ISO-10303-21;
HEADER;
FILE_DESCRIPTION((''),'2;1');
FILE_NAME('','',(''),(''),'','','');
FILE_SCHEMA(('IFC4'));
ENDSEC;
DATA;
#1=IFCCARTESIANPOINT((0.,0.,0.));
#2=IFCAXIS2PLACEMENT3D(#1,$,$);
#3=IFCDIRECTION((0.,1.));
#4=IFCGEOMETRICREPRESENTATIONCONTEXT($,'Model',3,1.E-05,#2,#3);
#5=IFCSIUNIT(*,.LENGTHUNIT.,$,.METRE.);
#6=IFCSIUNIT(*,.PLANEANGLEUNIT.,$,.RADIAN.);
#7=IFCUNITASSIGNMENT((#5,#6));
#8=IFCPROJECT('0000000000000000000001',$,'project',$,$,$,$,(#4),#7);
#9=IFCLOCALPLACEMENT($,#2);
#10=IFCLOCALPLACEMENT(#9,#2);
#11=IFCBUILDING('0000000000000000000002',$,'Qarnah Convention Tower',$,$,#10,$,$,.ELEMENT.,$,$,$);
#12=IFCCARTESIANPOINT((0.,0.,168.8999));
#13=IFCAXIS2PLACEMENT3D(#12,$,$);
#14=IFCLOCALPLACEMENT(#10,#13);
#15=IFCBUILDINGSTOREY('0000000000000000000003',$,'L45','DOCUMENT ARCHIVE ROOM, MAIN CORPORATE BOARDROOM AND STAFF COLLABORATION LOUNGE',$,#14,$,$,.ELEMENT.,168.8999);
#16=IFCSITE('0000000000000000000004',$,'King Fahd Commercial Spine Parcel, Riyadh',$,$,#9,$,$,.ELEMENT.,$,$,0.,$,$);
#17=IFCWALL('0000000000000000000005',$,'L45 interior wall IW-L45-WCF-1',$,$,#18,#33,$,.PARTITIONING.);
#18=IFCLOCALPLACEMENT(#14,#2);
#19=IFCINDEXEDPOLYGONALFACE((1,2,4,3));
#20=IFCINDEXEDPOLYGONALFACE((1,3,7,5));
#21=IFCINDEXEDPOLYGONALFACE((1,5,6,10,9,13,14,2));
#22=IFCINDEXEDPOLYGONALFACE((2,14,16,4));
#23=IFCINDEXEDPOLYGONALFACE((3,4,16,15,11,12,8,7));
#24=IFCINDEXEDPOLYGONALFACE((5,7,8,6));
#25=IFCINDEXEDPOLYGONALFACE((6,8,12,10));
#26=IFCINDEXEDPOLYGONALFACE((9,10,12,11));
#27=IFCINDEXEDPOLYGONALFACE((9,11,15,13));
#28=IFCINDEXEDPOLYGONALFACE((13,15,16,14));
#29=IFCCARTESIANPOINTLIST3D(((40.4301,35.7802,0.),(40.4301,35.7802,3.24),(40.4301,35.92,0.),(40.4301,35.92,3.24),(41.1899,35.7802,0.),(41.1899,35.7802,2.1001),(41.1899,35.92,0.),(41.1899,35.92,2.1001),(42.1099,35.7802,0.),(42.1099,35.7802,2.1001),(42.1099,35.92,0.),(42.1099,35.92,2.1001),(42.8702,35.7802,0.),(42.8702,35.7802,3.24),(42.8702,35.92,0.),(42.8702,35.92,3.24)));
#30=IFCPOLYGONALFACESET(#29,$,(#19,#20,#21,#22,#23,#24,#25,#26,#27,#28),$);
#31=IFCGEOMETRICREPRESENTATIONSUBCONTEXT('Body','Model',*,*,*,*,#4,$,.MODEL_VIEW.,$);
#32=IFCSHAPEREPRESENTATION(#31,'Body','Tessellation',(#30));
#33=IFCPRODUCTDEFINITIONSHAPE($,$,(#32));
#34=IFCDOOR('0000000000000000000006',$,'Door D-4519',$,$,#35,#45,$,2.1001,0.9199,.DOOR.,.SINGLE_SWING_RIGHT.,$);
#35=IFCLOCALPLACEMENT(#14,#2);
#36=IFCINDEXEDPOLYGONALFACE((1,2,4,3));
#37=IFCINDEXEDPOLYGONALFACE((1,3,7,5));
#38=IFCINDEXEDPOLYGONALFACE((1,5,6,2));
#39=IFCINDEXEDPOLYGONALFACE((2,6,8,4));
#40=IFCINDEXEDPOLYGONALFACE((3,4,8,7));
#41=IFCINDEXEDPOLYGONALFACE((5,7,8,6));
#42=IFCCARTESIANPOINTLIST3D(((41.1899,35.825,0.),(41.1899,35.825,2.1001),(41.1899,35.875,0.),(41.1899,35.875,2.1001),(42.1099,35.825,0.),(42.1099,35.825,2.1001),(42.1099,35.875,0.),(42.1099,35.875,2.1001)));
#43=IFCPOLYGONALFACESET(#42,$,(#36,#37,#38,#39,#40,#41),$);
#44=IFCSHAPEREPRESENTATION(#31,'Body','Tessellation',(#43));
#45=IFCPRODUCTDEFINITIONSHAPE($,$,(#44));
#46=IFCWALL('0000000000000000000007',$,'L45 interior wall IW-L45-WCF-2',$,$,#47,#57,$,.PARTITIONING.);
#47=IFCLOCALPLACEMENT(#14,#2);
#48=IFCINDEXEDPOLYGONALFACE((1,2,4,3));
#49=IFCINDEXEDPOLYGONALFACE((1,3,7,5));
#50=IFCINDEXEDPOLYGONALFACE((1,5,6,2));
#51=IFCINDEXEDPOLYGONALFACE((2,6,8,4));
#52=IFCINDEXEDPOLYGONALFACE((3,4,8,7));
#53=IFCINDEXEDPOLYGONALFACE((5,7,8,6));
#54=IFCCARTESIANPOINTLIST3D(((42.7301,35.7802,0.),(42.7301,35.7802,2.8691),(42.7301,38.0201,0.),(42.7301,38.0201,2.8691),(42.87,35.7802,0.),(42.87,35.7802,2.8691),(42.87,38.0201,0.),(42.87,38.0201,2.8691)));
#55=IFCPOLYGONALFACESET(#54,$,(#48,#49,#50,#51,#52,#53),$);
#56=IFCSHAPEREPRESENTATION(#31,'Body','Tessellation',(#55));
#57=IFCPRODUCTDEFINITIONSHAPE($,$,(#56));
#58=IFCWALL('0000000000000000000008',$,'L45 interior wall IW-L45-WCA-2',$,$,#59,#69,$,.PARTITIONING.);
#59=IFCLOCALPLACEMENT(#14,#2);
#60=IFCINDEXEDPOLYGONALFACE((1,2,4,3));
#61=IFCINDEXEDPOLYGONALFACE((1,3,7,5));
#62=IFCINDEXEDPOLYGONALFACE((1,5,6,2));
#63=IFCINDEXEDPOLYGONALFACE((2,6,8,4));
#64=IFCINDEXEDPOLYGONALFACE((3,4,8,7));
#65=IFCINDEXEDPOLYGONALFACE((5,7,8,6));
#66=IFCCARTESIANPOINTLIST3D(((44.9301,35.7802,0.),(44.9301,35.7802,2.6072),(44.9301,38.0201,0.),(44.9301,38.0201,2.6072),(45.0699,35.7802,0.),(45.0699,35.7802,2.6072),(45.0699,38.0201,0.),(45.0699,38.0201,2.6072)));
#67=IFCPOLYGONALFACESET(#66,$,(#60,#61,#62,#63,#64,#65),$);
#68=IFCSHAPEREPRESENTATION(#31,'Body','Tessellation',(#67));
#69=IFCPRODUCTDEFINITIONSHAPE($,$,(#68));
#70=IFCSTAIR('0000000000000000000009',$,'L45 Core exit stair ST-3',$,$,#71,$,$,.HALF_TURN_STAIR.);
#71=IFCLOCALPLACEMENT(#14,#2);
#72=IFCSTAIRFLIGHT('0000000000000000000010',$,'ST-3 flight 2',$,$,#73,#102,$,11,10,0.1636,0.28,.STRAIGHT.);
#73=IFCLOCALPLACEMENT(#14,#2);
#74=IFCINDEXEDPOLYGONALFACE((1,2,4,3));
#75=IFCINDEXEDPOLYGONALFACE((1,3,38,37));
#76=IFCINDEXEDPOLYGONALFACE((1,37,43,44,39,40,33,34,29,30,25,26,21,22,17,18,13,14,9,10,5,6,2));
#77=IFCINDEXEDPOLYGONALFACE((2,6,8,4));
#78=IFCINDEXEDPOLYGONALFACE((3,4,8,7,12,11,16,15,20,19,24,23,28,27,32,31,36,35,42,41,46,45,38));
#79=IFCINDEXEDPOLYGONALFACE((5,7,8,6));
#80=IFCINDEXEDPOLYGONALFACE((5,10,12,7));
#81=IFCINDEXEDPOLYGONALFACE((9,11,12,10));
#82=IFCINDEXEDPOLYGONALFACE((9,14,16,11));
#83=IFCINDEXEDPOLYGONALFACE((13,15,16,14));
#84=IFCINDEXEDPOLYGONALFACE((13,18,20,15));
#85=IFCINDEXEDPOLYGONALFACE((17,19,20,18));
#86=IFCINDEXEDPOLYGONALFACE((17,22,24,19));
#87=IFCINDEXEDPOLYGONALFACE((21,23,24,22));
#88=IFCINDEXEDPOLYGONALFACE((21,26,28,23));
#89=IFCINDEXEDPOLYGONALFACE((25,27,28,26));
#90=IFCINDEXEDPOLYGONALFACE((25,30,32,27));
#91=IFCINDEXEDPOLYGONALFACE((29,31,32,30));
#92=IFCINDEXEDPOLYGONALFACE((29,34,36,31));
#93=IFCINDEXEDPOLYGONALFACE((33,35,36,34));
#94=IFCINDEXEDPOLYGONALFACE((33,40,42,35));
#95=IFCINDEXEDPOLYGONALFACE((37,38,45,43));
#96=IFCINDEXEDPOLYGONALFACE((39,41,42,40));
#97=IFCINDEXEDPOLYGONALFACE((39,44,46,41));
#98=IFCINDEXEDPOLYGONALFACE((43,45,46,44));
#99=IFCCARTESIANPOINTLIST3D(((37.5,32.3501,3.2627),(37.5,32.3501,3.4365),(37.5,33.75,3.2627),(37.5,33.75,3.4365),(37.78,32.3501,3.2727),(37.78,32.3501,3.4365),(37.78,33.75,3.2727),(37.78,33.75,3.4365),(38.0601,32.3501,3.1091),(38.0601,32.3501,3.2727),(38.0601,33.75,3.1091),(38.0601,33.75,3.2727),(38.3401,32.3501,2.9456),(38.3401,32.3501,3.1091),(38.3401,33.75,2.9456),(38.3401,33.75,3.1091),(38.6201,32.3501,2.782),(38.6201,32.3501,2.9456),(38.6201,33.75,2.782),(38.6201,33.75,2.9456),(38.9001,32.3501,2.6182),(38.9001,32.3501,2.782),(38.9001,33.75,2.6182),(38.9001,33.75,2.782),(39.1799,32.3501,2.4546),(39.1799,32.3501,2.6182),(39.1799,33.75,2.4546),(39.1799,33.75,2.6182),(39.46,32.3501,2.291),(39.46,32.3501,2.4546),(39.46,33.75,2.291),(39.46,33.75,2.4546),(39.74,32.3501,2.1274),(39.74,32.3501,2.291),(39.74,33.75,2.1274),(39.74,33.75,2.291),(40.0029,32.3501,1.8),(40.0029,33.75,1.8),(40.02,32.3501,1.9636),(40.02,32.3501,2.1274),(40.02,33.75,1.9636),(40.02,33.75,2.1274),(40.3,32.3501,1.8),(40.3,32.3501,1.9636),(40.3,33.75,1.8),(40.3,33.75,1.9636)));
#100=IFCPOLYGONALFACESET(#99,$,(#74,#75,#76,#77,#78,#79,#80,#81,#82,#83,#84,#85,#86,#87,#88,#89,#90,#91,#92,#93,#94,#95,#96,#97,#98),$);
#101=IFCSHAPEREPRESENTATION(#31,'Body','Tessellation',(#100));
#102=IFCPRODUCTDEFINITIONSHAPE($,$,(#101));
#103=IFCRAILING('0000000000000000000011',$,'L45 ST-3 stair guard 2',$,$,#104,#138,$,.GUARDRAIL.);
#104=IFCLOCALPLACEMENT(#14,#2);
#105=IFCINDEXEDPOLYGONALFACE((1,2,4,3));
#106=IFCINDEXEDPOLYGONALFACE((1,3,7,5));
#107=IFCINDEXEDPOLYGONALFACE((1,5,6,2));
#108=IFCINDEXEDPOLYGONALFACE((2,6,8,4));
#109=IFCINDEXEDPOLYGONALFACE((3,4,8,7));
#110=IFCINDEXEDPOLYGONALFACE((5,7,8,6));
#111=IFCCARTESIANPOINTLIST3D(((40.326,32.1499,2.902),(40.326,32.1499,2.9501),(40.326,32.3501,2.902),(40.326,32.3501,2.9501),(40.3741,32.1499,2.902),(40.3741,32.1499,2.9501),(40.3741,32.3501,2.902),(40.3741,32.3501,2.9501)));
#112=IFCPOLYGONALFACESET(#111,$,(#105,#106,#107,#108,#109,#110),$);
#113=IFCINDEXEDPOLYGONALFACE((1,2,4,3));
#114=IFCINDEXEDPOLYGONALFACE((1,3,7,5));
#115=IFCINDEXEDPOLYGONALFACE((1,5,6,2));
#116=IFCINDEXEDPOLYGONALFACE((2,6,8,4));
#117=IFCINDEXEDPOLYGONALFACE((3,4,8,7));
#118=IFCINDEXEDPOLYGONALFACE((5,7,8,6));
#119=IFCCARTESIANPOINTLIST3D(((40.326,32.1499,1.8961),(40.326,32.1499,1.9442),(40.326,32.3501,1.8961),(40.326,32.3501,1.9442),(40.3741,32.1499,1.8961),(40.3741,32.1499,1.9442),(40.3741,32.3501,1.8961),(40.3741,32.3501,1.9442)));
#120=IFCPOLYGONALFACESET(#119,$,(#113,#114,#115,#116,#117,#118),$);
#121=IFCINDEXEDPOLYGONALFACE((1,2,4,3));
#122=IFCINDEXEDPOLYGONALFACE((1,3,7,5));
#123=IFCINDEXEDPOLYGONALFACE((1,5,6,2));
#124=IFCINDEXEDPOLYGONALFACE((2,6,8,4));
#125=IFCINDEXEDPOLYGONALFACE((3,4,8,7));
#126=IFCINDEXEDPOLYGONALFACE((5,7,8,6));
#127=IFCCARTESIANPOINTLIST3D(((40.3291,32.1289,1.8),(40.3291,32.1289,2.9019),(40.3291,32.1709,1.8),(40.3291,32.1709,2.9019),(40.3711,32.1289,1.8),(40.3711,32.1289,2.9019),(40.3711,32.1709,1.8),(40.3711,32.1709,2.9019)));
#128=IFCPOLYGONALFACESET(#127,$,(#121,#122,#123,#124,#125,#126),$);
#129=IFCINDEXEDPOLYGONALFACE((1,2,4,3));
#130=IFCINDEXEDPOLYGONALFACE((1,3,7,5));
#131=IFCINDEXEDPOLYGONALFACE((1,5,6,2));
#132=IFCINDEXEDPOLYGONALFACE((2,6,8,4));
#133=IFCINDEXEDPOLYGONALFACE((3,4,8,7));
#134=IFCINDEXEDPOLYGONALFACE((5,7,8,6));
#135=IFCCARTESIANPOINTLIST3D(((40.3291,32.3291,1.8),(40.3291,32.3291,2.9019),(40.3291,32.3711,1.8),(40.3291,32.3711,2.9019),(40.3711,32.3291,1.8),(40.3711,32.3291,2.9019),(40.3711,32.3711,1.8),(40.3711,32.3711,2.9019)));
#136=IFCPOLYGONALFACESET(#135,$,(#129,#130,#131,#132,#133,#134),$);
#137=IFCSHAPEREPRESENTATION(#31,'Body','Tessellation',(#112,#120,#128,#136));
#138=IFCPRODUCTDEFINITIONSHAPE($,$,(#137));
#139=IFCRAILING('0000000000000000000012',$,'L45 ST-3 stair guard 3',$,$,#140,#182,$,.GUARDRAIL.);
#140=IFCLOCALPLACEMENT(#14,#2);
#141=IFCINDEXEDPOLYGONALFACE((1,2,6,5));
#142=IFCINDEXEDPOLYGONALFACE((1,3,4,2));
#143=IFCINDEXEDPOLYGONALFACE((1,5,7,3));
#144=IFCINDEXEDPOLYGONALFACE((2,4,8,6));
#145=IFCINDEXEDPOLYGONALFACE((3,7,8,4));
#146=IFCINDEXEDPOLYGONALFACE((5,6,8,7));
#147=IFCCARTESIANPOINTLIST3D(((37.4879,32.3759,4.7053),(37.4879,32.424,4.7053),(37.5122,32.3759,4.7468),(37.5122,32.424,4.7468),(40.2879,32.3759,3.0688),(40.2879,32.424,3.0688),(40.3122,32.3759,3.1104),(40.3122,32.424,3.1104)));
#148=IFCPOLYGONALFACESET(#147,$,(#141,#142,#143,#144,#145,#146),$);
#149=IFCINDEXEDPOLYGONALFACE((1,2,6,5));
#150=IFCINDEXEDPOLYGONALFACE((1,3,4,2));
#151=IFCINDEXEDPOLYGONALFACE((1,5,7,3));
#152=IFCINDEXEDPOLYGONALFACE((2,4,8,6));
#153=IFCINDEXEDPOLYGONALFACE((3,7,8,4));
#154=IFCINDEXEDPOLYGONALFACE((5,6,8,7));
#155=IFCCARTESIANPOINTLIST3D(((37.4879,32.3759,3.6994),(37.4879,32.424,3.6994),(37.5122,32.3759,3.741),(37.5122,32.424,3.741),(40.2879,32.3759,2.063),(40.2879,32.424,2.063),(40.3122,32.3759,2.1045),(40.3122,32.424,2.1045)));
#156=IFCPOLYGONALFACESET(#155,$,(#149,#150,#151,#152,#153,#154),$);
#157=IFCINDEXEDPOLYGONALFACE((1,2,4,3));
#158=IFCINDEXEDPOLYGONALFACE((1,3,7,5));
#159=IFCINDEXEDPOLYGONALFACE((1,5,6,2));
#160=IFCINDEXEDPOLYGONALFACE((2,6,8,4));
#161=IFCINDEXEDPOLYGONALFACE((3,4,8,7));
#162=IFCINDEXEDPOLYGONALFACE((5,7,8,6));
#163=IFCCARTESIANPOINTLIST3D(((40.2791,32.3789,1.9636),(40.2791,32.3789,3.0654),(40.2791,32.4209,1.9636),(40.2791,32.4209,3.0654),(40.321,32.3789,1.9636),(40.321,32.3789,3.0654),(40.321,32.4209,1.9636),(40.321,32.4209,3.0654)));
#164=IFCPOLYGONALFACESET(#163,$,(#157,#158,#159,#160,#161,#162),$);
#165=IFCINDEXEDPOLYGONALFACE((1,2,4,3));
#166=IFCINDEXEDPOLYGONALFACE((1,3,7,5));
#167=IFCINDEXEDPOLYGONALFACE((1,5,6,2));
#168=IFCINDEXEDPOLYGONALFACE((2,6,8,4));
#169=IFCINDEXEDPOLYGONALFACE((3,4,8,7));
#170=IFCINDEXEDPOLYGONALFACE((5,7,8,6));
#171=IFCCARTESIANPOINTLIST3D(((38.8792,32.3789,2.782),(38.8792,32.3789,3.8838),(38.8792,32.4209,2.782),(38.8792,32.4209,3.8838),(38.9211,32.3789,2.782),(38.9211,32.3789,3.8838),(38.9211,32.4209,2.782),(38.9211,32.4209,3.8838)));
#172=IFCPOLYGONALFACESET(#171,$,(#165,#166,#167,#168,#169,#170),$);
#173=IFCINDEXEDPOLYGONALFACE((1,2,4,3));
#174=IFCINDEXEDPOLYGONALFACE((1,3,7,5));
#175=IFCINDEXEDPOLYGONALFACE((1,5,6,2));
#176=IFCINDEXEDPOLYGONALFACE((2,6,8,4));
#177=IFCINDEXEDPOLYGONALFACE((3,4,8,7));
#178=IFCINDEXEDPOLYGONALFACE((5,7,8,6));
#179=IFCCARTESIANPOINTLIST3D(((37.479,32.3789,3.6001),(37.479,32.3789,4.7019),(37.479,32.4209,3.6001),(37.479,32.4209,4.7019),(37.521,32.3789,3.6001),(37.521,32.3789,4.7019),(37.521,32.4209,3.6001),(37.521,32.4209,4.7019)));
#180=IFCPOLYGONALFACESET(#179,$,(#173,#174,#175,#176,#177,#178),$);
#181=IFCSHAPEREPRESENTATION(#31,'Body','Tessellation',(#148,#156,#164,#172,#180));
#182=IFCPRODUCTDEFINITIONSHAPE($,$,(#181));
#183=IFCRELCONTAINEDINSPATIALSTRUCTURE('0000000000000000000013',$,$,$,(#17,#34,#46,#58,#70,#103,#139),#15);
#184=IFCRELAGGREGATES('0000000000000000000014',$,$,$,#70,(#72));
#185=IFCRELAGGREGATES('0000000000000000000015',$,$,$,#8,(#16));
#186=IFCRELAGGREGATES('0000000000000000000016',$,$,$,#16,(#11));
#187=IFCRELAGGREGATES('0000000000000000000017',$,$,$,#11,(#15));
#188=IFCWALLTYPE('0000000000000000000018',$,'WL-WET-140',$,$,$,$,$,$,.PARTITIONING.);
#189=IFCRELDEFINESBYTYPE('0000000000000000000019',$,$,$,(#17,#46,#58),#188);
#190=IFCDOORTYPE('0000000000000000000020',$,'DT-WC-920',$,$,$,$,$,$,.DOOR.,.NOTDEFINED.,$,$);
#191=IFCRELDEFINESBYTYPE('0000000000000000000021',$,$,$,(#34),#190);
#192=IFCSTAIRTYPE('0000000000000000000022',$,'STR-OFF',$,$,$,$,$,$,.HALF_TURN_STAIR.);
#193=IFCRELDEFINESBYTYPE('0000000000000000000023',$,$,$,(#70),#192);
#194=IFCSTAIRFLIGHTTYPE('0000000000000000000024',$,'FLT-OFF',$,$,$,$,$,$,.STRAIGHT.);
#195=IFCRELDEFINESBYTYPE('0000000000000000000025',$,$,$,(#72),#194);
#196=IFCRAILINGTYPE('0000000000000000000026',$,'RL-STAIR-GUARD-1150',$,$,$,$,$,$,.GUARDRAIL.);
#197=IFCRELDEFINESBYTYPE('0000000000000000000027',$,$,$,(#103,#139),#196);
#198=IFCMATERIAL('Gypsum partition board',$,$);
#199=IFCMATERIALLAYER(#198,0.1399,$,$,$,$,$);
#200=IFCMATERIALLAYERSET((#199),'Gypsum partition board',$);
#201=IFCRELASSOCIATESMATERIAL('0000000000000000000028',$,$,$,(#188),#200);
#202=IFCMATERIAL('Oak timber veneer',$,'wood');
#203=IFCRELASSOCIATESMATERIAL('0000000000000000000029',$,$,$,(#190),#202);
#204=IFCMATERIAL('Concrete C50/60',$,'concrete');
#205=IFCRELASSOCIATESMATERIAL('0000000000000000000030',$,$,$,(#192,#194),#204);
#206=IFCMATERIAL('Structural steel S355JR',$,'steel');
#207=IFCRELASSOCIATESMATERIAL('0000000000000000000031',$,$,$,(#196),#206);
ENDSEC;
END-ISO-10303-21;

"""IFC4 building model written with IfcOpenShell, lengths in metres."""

from ifc_helpers import new_model, si_unit, direction, frame, frame_2d, origin, origin_2d, place, context, subcontext, project, spatial, polyline, rectangle, outline, extrude, material, layer, layer_set, type_object, element, fill, aggregate, save


model = new_model("IFC4")

# Units and contexts
model_context = context("Model", 3, precision=1e-05, world=origin(), true_north=direction((0.0, 1.0)))
body_context = subcontext(model_context, "Body", "Model", "MODEL_VIEW")
ifc_project = project(units=[si_unit("LENGTHUNIT", "METRE"), si_unit("PLANEANGLEUNIT", "RADIAN")], contexts=[model_context])

# Site, building, storey
site_placement = place(None, origin())
site = spatial("IfcSite", under=ifc_project, at=site_placement, Name="King Fahd Commercial Spine Parcel, Riyadh", CompositionType="ELEMENT", RefElevation=0.0)
building_placement = place(site_placement, origin())
building = spatial("IfcBuilding", under=site, at=building_placement, Name="Qarnah Convention Tower", CompositionType="ELEMENT")
storey_placement = place(building_placement, frame((0.0, 0.0, 168.8999)))
storey = spatial("IfcBuildingStorey", under=building, at=storey_placement, Name="L45", Description="DOCUMENT ARCHIVE ROOM, MAIN CORPORATE BOARDROOM AND STAFF COLLABORATION LOUNGE", CompositionType="ELEMENT", Elevation=168.8999)

# Shared definitions
ifc_material_1 = material(Name="Structural steel S355JR", Category="steel")

# Shared definitions
ifc_material_2 = material(Name="Gypsum partition board")

# Shared definitions
ifc_layer_1 = layer(ifc_material_2, 0.1399)
ifc_layer_set_1 = layer_set([ifc_layer_1], Name="Gypsum partition board")
wall_type_1 = type_object("IfcWallType", Name="WL-WET-140", PredefinedType="PARTITIONING", material=ifc_layer_set_1)
ifc_material_3 = material(Name="Oak timber veneer", Category="wood")
door_type_1 = type_object("IfcDoorType", Name="DT-WC-920", OperationType="NOTDEFINED", PredefinedType="DOOR", material=ifc_material_3)

# Wall, opening, door
wall_1_placement = place(storey_placement, frame((40.4299, 35.8501, 0.0), z_axis=(0.0, 0.0, 1.0), x_axis=(1.0, 0.0, 0.0)))
wall_1 = element("IfcWall", 1, at=wall_1_placement, inside=storey, type_object=wall_type_1, Name="L45 interior wall IW-L45-WCF-1", PredefinedType="PARTITIONING", context=body_context, shape_type="SweptSolid", body=[
    extrude(rectangle(XDim=2.4402, YDim=0.1399, at=frame_2d((1.2202, 0.0))), origin(), (0.0, 0.0, 1.0), 3.24),
])
opening_1_placement = place(wall_1_placement, frame((0.76, 0.0, 0.0)))
opening_1 = element("IfcOpeningElement", 2, at=opening_1_placement, cuts=wall_1, PredefinedType="OPENING", context=body_context, shape_type="SweptSolid", body=[
    extrude(rectangle(XDim=0.9199, YDim=2.1001, at=frame_2d((0.46, 1.05))), frame((0.0, 0.0798, 0.0), z_axis=(0.0, -1.0, 0.0), x_axis=(1.0, 0.0, 0.0)), (0.0, 0.0, 1.0), 0.1599),
])
door_1_placement = place(opening_1_placement, origin())
door_1 = element("IfcDoor", 3, at=door_1_placement, inside=storey, type_object=door_type_1, Name="Door D-4519", OperationType="SINGLE_SWING_RIGHT", OverallHeight=2.1001, OverallWidth=0.9199, PredefinedType="DOOR", context=body_context, shape_type="SweptSolid", body=[
    extrude(rectangle(XDim=0.9199, YDim=2.1001, at=frame_2d((0.46, 1.05))), frame((0.0, 0.0249, 0.0), z_axis=(0.0, -1.0, 0.0), x_axis=(1.0, 0.0, 0.0)), (0.0, 0.0, 1.0), 0.05),
])
fill(opening_1, door_1)

# Walls
wall_2_placement = place(storey_placement, frame((42.8, 35.78, 0.0), z_axis=(0.0, 0.0, 1.0), x_axis=(0.0, 1.0, 0.0)))
element("IfcWall", 4, at=wall_2_placement, inside=storey, type_object=wall_type_1, Name="L45 interior wall IW-L45-WCF-2", PredefinedType="PARTITIONING", context=body_context, shape_type="SweptSolid", body=[
    extrude(rectangle(XDim=2.24, YDim=0.1399, at=frame_2d((1.1201, 0.0))), origin(), (0.0, 0.0, 1.0), 2.8691),
])
wall_3_placement = place(storey_placement, frame((45.0, 35.78, 0.0), z_axis=(0.0, 0.0, 1.0), x_axis=(0.0, 1.0, 0.0)))
element("IfcWall", 5, at=wall_3_placement, inside=storey, type_object=wall_type_1, Name="L45 interior wall IW-L45-WCA-2", PredefinedType="PARTITIONING", context=body_context, shape_type="SweptSolid", body=[
    extrude(rectangle(XDim=2.24, YDim=0.1399, at=frame_2d((1.1201, 0.0))), origin(), (0.0, 0.0, 1.0), 2.6072),
])

# Stair, stair flight
ifc_material_4 = material(Name="Concrete C50/60", Category="concrete")
stair_type = type_object("IfcStairType", Name="STR-OFF", PredefinedType="HALF_TURN_STAIR", material=ifc_material_4)
stair_placement = place(storey_placement, origin())
stair = element("IfcStair", 6, at=stair_placement, inside=storey, type_object=stair_type, Name="L45 Core exit stair ST-3", PredefinedType="HALF_TURN_STAIR")
stair_flight_type = type_object("IfcStairFlightType", Name="FLT-OFF", PredefinedType="STRAIGHT", material=ifc_material_4)
stair_flight_placement = place(storey_placement, frame((40.3, 33.05, 1.8), z_axis=(0.0, 0.0, 1.0), x_axis=(-1.0, 0.0, 0.0)))
stair_flight = element("IfcStairFlight", 7, at=stair_flight_placement, type_object=stair_flight_type, Name="ST-3 flight 2", NumberOfRisers=11, NumberOfTreads=10, PredefinedType="STRAIGHT", RiserHeight=0.1636, TreadLength=0.28, context=body_context, shape_type="SweptSolid", body=[
    extrude(outline(polyline([(0.0, 0.0), (0.0, 0.1636), (0.28, 0.1636), (0.28, 0.3274), (0.5601, 0.3274), (0.5601, 0.491), (0.8401, 0.491), (0.8401, 0.6545), (1.1201, 0.6545), (1.1201, 0.8181), (1.3999, 0.8181), (1.3999, 0.9819), (1.6799, 0.9819), (1.6799, 1.1455), (1.96, 1.1455), (1.96, 1.3091), (2.24, 1.3091), (2.24, 1.4727), (2.52, 1.4727), (2.52, 1.6365), (2.8, 1.6365), (2.8, 1.8), (2.8, 1.4626), (0.2971, 0.0), (0.0, 0.0)])), frame((0.0, 0.7, 0.0), z_axis=(0.0, -1.0, 0.0), x_axis=(1.0, 0.0, 0.0)), (0.0, 0.0, 1.0), 1.3999),
])
aggregate(stair, [stair_flight])

# Railings
railing_type_1 = type_object("IfcRailingType", Name="RL-STAIR-GUARD-1150", PredefinedType="GUARDRAIL", material=ifc_material_1)
railing_1_placement = place(storey_placement, frame((40.3501, 32.1499, 1.8)))
element("IfcRailing", 8, at=railing_1_placement, inside=storey, type_object=railing_type_1, Name="L45 ST-3 stair guard 2", PredefinedType="GUARDRAIL", context=body_context, shape_type="SweptSolid", body=[
    extrude(rectangle(XDim=0.0481, YDim=0.0481, at=origin_2d()), frame((0.0, 0.0, 1.126), z_axis=(0.0, 1.0, 0.0), x_axis=(-1.0, 0.0, 0.0)), (0.0, 0.0, 1.0), 0.2002),
    extrude(rectangle(XDim=0.0481, YDim=0.0481, at=origin_2d()), frame((0.0, 0.0, 0.1201), z_axis=(0.0, 1.0, 0.0), x_axis=(-1.0, 0.0, 0.0)), (0.0, 0.0, 1.0), 0.2002),
    extrude(rectangle(XDim=0.042, YDim=0.042, at=origin_2d()), origin(), (0.0, 0.0, 1.0), 1.1018),
    extrude(rectangle(XDim=0.042, YDim=0.042, at=origin_2d()), frame((0.0, 0.2002, 0.0)), (0.0, 0.0, 1.0), 1.1018),
])
railing_2_placement = place(storey_placement, frame((40.3, 32.3999, 1.9636)))
element("IfcRailing", 9, at=railing_2_placement, inside=storey, type_object=railing_type_1, Name="L45 ST-3 stair guard 3", PredefinedType="GUARDRAIL", context=body_context, shape_type="SweptSolid", body=[
    extrude(rectangle(XDim=0.0481, YDim=0.0481, at=origin_2d()), frame((0.0, 0.0, 1.126), z_axis=(-0.863361, 0.0, 0.504587), x_axis=(0.0, -1.0, 0.0)), (0.0, 0.0, 1.0), 3.2432),
    extrude(rectangle(XDim=0.0481, YDim=0.0481, at=origin_2d()), frame((0.0, 0.0, 0.1201), z_axis=(-0.863361, 0.0, 0.504587), x_axis=(0.0, -1.0, 0.0)), (0.0, 0.0, 1.0), 3.2432),
    extrude(rectangle(XDim=0.042, YDim=0.042, at=origin_2d()), origin(), (0.0, 0.0, 1.0), 1.1018),
    extrude(rectangle(XDim=0.042, YDim=0.042, at=origin_2d()), frame((-1.3999, 0.0, 0.8184)), (0.0, 0.0, 1.0), 1.1018),
    extrude(rectangle(XDim=0.042, YDim=0.042, at=origin_2d()), frame((-2.8, 0.0, 1.6365)), (0.0, 0.0, 1.0), 1.1018),
])

save(model, "model.ifc")
